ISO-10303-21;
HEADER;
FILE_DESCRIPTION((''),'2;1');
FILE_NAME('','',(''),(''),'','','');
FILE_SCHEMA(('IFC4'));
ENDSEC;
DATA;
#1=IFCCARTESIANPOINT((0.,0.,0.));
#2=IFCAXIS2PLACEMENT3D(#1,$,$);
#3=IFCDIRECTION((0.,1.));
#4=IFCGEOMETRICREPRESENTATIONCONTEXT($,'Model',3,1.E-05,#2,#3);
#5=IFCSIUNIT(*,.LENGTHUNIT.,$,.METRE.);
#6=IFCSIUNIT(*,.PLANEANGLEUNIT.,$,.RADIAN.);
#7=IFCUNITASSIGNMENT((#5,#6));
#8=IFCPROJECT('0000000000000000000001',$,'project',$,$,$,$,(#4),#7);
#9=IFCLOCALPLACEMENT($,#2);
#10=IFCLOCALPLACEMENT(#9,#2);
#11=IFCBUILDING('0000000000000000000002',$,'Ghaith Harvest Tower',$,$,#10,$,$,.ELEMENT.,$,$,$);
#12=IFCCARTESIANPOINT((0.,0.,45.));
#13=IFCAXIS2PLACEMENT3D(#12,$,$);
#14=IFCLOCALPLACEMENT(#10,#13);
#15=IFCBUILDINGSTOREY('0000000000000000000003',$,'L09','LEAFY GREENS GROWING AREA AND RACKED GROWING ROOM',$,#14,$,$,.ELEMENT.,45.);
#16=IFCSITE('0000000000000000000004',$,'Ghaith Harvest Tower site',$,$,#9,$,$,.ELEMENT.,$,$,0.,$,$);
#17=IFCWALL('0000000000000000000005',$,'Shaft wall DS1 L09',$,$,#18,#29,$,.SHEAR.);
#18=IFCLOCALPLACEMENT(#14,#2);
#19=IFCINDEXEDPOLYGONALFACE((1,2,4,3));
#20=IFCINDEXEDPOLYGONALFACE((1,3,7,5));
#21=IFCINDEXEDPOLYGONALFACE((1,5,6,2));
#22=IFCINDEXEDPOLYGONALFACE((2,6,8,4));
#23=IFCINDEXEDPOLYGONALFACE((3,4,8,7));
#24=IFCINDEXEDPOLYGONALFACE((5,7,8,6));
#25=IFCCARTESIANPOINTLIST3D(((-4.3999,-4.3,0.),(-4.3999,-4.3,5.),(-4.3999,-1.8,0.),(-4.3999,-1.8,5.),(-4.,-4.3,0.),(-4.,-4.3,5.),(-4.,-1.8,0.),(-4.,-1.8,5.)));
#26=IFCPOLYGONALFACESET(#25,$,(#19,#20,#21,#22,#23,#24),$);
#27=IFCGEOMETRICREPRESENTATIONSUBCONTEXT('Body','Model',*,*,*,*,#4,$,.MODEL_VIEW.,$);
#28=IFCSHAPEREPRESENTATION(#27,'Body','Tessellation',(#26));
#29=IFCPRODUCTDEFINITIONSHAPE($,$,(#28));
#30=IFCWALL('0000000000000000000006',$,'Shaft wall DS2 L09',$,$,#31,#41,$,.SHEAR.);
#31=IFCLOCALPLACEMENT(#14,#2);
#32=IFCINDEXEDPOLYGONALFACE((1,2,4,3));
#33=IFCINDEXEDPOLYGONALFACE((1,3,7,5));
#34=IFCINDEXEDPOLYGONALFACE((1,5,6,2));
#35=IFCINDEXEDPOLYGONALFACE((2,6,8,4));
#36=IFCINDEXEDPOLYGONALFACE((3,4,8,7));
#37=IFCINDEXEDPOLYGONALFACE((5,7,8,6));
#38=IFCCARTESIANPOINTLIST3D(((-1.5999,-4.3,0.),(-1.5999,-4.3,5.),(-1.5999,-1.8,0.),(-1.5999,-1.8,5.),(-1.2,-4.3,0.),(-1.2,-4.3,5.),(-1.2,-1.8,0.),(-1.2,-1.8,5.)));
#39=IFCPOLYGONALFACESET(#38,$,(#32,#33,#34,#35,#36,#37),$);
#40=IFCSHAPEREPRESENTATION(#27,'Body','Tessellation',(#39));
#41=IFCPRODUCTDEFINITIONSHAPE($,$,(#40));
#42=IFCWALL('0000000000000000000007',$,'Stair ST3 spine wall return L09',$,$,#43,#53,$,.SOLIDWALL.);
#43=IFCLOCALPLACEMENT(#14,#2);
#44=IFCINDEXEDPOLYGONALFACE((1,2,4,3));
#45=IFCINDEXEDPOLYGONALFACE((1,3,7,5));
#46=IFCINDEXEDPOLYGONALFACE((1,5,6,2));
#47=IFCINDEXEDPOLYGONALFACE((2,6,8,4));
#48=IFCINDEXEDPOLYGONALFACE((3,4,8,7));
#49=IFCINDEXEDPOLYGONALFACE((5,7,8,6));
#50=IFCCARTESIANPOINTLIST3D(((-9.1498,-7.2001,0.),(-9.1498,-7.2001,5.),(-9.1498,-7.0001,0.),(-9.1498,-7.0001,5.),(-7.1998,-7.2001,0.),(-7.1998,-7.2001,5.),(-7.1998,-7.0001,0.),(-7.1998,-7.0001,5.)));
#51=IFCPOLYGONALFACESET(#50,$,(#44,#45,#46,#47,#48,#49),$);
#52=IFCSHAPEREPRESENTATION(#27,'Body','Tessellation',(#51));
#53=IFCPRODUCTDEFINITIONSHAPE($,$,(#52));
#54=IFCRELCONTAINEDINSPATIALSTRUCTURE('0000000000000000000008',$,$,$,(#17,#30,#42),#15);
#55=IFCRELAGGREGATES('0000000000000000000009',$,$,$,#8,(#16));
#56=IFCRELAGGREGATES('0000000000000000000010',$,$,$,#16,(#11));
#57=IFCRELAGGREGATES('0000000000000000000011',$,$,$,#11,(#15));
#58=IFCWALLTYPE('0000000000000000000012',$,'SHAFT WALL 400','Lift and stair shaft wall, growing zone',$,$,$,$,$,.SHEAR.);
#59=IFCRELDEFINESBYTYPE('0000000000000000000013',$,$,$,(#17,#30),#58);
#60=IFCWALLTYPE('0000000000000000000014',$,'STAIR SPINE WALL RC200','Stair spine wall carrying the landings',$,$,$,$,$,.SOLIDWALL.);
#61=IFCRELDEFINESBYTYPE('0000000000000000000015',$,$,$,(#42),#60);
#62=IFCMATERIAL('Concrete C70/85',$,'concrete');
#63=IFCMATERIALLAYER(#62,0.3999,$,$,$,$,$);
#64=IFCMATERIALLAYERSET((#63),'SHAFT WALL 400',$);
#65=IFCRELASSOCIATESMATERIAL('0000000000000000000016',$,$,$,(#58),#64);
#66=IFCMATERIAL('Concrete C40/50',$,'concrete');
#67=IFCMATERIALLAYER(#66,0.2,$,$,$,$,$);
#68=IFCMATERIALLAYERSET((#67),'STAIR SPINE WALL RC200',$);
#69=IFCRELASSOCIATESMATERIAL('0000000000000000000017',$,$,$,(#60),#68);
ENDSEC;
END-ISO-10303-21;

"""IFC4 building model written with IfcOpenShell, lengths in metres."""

from ifc_helpers import new_model, si_unit, direction, frame, frame_2d, origin, place, context, subcontext, project, spatial, rectangle, extrude, material, layer, layer_set, type_object, element, save


model = new_model("IFC4")

# Units and contexts
model_context = context("Model", 3, precision=1e-05, world=origin(), true_north=direction((0.0, 1.0)))
body_context = subcontext(model_context, "Body", "Model", "MODEL_VIEW")
ifc_project = project(units=[si_unit("LENGTHUNIT", "METRE"), si_unit("PLANEANGLEUNIT", "RADIAN")], contexts=[model_context])

# Site, building, storey
site_placement = place(None, origin())
site = spatial("IfcSite", under=ifc_project, at=site_placement, Name="Ghaith Harvest Tower site", CompositionType="ELEMENT", RefElevation=0.0)
building_placement = place(site_placement, origin())
building = spatial("IfcBuilding", under=site, at=building_placement, Name="Ghaith Harvest Tower", CompositionType="ELEMENT")
storey_placement = place(building_placement, frame((0.0, 0.0, 45.0)))
storey = spatial("IfcBuildingStorey", under=building, at=storey_placement, Name="L09", Description="LEAFY GREENS GROWING AREA AND RACKED GROWING ROOM", CompositionType="ELEMENT", Elevation=45.0)

# Shared definitions
ifc_material_1 = material(Name="Concrete C70/85", Category="concrete")
ifc_layer_1 = layer(ifc_material_1, 0.3999)
ifc_layer_set_1 = layer_set([ifc_layer_1], Name="SHAFT WALL 400")
wall_type_1 = type_object("IfcWallType", Name="SHAFT WALL 400", Description="Lift and stair shaft wall, growing zone", PredefinedType="SHEAR", material=ifc_layer_set_1)

# Walls
for number, where, z_axis, x_axis, name in (
    (1, (-4.2, -4.3, 0.0), (0.0, 0.0, 1.0), (0.0, 1.0, 0.0), "Shaft wall DS1 L09"),
    (2, (-1.3999, -4.3, 0.0), (0.0, 0.0, 1.0), (0.0, 1.0, 0.0), "Shaft wall DS2 L09"),
):
    element("IfcWall", number, at=place(storey_placement, frame(where, z_axis=z_axis, x_axis=x_axis)), inside=storey, type_object=wall_type_1, Name=name, PredefinedType="SHEAR", context=body_context, shape_type="SweptSolid", body=[
        extrude(rectangle(XDim=2.5, YDim=0.3999, at=frame_2d((1.25, 0.0))), origin(), (0.0, 0.0, 1.0), 5.0),
    ])
ifc_material_2 = material(Name="Concrete C40/50", Category="concrete")
ifc_layer_2 = layer(ifc_material_2, 0.2)
ifc_layer_set_2 = layer_set([ifc_layer_2], Name="STAIR SPINE WALL RC200")
wall_type_2 = type_object("IfcWallType", Name="STAIR SPINE WALL RC200", Description="Stair spine wall carrying the landings", PredefinedType="SOLIDWALL", material=ifc_layer_set_2)
wall_1_placement = place(storey_placement, frame((-9.1499, -7.1001, 0.0), z_axis=(0.0, 0.0, 1.0), x_axis=(1.0, 0.0, 0.0)))
element("IfcWall", 3, at=wall_1_placement, inside=storey, type_object=wall_type_2, Name="Stair ST3 spine wall return L09", PredefinedType="SOLIDWALL", context=body_context, shape_type="SweptSolid", body=[
    extrude(rectangle(XDim=1.95, YDim=0.2, at=frame_2d((0.9751, 0.0))), origin(), (0.0, 0.0, 1.0), 5.0),
])

save(model, "model.ifc")
